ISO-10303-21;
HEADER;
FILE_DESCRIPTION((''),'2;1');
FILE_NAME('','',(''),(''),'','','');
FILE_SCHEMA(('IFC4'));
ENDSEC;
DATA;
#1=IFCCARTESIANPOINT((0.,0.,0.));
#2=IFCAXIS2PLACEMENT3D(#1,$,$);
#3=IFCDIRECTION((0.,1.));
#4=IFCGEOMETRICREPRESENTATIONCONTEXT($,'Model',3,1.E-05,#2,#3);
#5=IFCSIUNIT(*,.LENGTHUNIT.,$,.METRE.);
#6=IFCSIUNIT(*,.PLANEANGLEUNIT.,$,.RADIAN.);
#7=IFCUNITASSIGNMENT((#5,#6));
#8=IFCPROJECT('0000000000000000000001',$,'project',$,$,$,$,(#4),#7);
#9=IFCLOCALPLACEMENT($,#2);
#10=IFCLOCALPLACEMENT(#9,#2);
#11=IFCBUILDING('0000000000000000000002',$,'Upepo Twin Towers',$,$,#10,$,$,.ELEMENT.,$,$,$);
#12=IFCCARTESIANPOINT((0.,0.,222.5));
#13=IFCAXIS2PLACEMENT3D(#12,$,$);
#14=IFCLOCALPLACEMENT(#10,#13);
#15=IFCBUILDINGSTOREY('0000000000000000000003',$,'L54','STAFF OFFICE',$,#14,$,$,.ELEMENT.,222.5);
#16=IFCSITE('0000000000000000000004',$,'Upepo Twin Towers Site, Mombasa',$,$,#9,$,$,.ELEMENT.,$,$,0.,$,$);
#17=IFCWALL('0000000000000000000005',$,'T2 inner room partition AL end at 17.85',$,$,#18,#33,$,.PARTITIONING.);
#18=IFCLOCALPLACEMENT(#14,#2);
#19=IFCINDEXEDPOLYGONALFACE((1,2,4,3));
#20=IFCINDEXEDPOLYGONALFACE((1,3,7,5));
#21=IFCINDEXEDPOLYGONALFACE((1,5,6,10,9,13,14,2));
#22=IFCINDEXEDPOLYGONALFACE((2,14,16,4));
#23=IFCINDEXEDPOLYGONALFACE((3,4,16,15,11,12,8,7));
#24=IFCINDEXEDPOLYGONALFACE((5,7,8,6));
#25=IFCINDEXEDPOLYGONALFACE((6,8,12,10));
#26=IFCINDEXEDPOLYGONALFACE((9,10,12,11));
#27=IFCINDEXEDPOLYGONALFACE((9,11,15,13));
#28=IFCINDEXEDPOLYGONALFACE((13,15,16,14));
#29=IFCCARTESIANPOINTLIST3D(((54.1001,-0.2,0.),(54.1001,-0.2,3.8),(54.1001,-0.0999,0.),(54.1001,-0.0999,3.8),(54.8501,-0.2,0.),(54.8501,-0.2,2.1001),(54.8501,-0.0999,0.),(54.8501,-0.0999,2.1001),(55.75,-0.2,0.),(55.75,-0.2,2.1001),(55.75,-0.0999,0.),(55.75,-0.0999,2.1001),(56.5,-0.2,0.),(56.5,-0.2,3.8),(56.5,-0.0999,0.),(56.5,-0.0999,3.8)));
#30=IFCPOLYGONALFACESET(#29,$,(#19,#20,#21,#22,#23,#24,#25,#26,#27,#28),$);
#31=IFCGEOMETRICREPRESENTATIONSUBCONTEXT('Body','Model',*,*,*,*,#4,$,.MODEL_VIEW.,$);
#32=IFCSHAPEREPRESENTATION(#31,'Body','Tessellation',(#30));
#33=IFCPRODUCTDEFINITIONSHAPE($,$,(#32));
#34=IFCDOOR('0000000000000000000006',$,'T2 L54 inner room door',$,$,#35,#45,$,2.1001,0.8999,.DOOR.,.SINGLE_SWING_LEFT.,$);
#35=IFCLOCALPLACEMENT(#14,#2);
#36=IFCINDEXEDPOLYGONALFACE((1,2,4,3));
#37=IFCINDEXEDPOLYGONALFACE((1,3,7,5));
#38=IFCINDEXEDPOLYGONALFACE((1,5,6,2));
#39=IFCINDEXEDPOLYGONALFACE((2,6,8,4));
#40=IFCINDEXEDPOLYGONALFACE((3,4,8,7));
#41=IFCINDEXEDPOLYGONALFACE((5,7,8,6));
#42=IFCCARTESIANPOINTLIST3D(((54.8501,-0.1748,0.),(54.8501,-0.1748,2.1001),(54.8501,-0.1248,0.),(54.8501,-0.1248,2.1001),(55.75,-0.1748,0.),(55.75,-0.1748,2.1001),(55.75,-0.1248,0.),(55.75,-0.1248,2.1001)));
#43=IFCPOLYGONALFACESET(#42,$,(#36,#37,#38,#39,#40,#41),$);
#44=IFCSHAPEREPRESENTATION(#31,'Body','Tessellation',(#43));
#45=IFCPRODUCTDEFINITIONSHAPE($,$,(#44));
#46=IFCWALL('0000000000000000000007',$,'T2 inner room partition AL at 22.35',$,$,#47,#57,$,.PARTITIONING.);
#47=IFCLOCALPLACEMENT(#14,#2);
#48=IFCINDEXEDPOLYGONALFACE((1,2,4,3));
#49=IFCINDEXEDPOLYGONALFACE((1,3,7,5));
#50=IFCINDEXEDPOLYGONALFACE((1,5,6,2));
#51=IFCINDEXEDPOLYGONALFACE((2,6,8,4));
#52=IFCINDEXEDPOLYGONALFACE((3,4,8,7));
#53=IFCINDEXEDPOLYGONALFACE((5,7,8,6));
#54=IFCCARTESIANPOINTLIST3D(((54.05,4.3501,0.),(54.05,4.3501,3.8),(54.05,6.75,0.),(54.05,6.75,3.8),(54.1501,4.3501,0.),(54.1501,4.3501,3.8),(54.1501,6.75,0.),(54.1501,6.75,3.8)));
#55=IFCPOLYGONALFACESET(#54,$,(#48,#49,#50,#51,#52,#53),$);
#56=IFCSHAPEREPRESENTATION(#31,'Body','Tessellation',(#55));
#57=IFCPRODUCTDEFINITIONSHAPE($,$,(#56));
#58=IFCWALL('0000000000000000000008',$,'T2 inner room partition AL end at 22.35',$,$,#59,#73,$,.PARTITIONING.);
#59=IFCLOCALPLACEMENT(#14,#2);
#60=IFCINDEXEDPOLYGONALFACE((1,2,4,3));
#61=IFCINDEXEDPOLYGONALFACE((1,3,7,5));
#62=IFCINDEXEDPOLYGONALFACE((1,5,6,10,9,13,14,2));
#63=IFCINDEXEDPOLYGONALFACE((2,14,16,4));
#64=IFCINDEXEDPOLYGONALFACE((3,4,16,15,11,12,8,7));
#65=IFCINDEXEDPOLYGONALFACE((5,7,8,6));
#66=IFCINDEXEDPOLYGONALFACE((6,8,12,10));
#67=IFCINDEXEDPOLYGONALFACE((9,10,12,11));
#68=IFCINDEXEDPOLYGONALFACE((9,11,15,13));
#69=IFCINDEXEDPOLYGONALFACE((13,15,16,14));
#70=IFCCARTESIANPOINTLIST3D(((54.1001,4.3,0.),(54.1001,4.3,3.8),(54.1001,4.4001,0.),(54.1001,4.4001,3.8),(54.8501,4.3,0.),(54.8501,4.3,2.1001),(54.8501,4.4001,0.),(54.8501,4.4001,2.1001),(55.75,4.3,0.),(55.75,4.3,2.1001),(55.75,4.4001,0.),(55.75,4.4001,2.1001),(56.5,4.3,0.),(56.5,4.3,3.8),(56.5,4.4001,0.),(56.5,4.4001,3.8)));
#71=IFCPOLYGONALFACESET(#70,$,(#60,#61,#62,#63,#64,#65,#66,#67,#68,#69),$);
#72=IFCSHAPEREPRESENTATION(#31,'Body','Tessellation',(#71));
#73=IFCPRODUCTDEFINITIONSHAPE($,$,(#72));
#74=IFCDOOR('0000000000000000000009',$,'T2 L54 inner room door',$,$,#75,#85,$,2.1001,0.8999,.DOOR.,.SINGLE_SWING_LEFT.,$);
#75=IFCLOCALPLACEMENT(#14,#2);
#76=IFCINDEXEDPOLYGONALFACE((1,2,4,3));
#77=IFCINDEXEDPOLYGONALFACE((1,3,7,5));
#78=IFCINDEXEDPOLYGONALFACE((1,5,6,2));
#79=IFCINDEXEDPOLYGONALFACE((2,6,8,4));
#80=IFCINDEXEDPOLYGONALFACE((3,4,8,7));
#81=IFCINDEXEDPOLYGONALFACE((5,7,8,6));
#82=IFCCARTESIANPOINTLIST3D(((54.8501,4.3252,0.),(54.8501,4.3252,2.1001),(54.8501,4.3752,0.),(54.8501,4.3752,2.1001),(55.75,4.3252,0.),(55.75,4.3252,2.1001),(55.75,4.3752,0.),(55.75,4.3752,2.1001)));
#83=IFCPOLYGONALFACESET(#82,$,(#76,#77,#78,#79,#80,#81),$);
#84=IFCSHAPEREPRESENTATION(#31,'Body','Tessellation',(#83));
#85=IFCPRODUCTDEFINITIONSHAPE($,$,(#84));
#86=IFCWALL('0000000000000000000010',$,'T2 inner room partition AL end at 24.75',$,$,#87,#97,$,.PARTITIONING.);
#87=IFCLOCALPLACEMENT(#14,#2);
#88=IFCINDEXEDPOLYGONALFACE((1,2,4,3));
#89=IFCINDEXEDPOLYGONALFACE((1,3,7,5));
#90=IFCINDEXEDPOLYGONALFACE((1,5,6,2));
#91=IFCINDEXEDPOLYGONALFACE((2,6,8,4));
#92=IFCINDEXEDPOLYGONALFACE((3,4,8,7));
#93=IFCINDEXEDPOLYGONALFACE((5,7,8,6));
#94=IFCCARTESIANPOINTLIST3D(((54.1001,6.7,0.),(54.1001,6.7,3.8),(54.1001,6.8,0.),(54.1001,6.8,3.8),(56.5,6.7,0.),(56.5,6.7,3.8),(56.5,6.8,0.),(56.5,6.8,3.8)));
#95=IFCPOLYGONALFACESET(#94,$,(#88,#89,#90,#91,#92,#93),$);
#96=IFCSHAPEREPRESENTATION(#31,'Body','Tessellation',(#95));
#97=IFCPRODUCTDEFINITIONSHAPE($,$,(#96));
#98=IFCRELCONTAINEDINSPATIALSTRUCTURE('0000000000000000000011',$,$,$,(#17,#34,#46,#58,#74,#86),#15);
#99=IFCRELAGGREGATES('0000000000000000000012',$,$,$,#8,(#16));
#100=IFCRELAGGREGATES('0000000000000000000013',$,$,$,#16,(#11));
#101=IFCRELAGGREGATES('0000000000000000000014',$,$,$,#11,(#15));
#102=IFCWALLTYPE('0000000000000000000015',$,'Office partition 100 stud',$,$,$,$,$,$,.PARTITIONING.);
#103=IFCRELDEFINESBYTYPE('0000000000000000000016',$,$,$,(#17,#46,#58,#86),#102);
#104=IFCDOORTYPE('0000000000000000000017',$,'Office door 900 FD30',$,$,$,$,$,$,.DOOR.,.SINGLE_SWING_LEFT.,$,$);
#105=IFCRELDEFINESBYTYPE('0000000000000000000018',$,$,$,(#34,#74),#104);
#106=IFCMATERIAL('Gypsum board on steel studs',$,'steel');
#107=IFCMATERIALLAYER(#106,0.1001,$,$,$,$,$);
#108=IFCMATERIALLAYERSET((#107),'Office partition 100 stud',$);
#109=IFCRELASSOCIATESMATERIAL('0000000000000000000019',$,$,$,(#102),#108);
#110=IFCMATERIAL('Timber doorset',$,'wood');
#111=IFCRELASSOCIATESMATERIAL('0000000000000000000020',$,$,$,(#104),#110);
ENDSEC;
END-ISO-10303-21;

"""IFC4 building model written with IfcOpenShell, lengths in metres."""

from ifc_helpers import new_model, si_unit, direction, frame, frame_2d, origin, place, context, subcontext, project, spatial, rectangle, extrude, material, layer, layer_set, type_object, element, fill, save


model = new_model("IFC4")

# Units and contexts
model_context = context("Model", 3, precision=1e-05, world=origin(), true_north=direction((0.0, 1.0)))
body_context = subcontext(model_context, "Body", "Model", "MODEL_VIEW")
ifc_project = project(units=[si_unit("LENGTHUNIT", "METRE"), si_unit("PLANEANGLEUNIT", "RADIAN")], contexts=[model_context])

# Site, building, storey
site_placement = place(None, origin())
site = spatial("IfcSite", under=ifc_project, at=site_placement, Name="Upepo Twin Towers Site, Mombasa", CompositionType="ELEMENT", RefElevation=0.0)
building_placement = place(site_placement, origin())
building = spatial("IfcBuilding", under=site, at=building_placement, Name="Upepo Twin Towers", CompositionType="ELEMENT")
storey_placement = place(building_placement, frame((0.0, 0.0, 222.5)))
storey = spatial("IfcBuildingStorey", under=building, at=storey_placement, Name="L54", Description="STAFF OFFICE", CompositionType="ELEMENT", Elevation=222.5)

# Shared definitions
ifc_material_1 = material(Name="Gypsum board on steel studs", Category="steel")
ifc_layer_1 = layer(ifc_material_1, 0.1001)
ifc_layer_set_1 = layer_set([ifc_layer_1], Name="Office partition 100 stud")
wall_type_1 = type_object("IfcWallType", Name="Office partition 100 stud", PredefinedType="PARTITIONING", material=ifc_layer_set_1)

# Wall, opening, door
wall_1_placement = place(storey_placement, frame((56.5, -0.1499, 0.0), z_axis=(0.0, 0.0, 1.0), x_axis=(-1.0, 0.0, 0.0)))
wall_1 = element("IfcWall", 1, at=wall_1_placement, inside=storey, type_object=wall_type_1, Name="T2 inner room partition AL end at 17.85", PredefinedType="PARTITIONING", context=body_context, shape_type="SweptSolid", body=[
    extrude(rectangle(XDim=2.3999, YDim=0.1001, at=frame_2d((1.2, 0.0))), origin(), (0.0, 0.0, 1.0), 3.8),
])
opening_1_placement = place(wall_1_placement, frame((0.75, 0.0, 0.0)))
opening_1 = element("IfcOpeningElement", 2, at=opening_1_placement, cuts=wall_1, PredefinedType="OPENING", context=body_context, shape_type="SweptSolid", body=[
    extrude(rectangle(XDim=0.8999, YDim=2.1001, at=frame_2d((0.45, 1.05))), frame((0.0, 0.0601, 0.0), z_axis=(0.0, -1.0, 0.0), x_axis=(1.0, 0.0, 0.0)), (0.0, 0.0, 1.0), 0.1201),
])
ifc_material_2 = material(Name="Timber doorset", Category="wood")
door_type = type_object("IfcDoorType", Name="Office door 900 FD30", OperationType="SINGLE_SWING_LEFT", PredefinedType="DOOR", material=ifc_material_2)
door_1_placement = place(opening_1_placement, origin())
door_1 = element("IfcDoor", 3, at=door_1_placement, inside=storey, type_object=door_type, Name="T2 L54 inner room door", OperationType="SINGLE_SWING_LEFT", OverallHeight=2.1001, OverallWidth=0.8999, PredefinedType="DOOR", context=body_context, shape_type="SweptSolid", body=[
    extrude(rectangle(XDim=0.8999, YDim=2.1001, at=frame_2d((0.45, 1.05))), frame((0.0, 0.0249, 0.0), z_axis=(0.0, -1.0, 0.0), x_axis=(1.0, 0.0, 0.0)), (0.0, 0.0, 1.0), 0.05),
])
fill(opening_1, door_1)

# Wall
wall_2_placement = place(storey_placement, frame((54.1001, 4.3501, 0.0), z_axis=(0.0, 0.0, 1.0), x_axis=(0.0, 1.0, 0.0)))
element("IfcWall", 4, at=wall_2_placement, inside=storey, type_object=wall_type_1, Name="T2 inner room partition AL at 22.35", PredefinedType="PARTITIONING", context=body_context, shape_type="SweptSolid", body=[
    extrude(rectangle(XDim=2.3999, YDim=0.1001, at=frame_2d((1.2, 0.0))), origin(), (0.0, 0.0, 1.0), 3.8),
])

# Wall, opening, door
wall_3_placement = place(storey_placement, frame((56.5, 4.3501, 0.0), z_axis=(0.0, 0.0, 1.0), x_axis=(-1.0, 0.0, 0.0)))
wall_3 = element("IfcWall", 5, at=wall_3_placement, inside=storey, type_object=wall_type_1, Name="T2 inner room partition AL end at 22.35", PredefinedType="PARTITIONING", context=body_context, shape_type="SweptSolid", body=[
    extrude(rectangle(XDim=2.3999, YDim=0.1001, at=frame_2d((1.2, 0.0))), origin(), (0.0, 0.0, 1.0), 3.8),
])
opening_2_placement = place(wall_3_placement, frame((0.75, 0.0, 0.0)))
opening_2 = element("IfcOpeningElement", 6, at=opening_2_placement, cuts=wall_3, PredefinedType="OPENING", context=body_context, shape_type="SweptSolid", body=[
    extrude(rectangle(XDim=0.8999, YDim=2.1001, at=frame_2d((0.45, 1.05))), frame((0.0, 0.0601, 0.0), z_axis=(0.0, -1.0, 0.0), x_axis=(1.0, 0.0, 0.0)), (0.0, 0.0, 1.0), 0.1201),
])
door_2_placement = place(opening_2_placement, origin())
door_2 = element("IfcDoor", 7, at=door_2_placement, inside=storey, type_object=door_type, Name="T2 L54 inner room door", OperationType="SINGLE_SWING_LEFT", OverallHeight=2.1001, OverallWidth=0.8999, PredefinedType="DOOR", context=body_context, shape_type="SweptSolid", body=[
    extrude(rectangle(XDim=0.8999, YDim=2.1001, at=frame_2d((0.45, 1.05))), frame((0.0, 0.0249, 0.0), z_axis=(0.0, -1.0, 0.0), x_axis=(1.0, 0.0, 0.0)), (0.0, 0.0, 1.0), 0.05),
])
fill(opening_2, door_2)

# Wall
wall_4_placement = place(storey_placement, frame((56.5, 6.75, 0.0), z_axis=(0.0, 0.0, 1.0), x_axis=(-1.0, 0.0, 0.0)))
element("IfcWall", 8, at=wall_4_placement, inside=storey, type_object=wall_type_1, Name="T2 inner room partition AL end at 24.75", PredefinedType="PARTITIONING", context=body_context, shape_type="SweptSolid", body=[
    extrude(rectangle(XDim=2.3999, YDim=0.1001, at=frame_2d((1.2, 0.0))), origin(), (0.0, 0.0, 1.0), 3.8),
])

save(model, "model.ifc")
